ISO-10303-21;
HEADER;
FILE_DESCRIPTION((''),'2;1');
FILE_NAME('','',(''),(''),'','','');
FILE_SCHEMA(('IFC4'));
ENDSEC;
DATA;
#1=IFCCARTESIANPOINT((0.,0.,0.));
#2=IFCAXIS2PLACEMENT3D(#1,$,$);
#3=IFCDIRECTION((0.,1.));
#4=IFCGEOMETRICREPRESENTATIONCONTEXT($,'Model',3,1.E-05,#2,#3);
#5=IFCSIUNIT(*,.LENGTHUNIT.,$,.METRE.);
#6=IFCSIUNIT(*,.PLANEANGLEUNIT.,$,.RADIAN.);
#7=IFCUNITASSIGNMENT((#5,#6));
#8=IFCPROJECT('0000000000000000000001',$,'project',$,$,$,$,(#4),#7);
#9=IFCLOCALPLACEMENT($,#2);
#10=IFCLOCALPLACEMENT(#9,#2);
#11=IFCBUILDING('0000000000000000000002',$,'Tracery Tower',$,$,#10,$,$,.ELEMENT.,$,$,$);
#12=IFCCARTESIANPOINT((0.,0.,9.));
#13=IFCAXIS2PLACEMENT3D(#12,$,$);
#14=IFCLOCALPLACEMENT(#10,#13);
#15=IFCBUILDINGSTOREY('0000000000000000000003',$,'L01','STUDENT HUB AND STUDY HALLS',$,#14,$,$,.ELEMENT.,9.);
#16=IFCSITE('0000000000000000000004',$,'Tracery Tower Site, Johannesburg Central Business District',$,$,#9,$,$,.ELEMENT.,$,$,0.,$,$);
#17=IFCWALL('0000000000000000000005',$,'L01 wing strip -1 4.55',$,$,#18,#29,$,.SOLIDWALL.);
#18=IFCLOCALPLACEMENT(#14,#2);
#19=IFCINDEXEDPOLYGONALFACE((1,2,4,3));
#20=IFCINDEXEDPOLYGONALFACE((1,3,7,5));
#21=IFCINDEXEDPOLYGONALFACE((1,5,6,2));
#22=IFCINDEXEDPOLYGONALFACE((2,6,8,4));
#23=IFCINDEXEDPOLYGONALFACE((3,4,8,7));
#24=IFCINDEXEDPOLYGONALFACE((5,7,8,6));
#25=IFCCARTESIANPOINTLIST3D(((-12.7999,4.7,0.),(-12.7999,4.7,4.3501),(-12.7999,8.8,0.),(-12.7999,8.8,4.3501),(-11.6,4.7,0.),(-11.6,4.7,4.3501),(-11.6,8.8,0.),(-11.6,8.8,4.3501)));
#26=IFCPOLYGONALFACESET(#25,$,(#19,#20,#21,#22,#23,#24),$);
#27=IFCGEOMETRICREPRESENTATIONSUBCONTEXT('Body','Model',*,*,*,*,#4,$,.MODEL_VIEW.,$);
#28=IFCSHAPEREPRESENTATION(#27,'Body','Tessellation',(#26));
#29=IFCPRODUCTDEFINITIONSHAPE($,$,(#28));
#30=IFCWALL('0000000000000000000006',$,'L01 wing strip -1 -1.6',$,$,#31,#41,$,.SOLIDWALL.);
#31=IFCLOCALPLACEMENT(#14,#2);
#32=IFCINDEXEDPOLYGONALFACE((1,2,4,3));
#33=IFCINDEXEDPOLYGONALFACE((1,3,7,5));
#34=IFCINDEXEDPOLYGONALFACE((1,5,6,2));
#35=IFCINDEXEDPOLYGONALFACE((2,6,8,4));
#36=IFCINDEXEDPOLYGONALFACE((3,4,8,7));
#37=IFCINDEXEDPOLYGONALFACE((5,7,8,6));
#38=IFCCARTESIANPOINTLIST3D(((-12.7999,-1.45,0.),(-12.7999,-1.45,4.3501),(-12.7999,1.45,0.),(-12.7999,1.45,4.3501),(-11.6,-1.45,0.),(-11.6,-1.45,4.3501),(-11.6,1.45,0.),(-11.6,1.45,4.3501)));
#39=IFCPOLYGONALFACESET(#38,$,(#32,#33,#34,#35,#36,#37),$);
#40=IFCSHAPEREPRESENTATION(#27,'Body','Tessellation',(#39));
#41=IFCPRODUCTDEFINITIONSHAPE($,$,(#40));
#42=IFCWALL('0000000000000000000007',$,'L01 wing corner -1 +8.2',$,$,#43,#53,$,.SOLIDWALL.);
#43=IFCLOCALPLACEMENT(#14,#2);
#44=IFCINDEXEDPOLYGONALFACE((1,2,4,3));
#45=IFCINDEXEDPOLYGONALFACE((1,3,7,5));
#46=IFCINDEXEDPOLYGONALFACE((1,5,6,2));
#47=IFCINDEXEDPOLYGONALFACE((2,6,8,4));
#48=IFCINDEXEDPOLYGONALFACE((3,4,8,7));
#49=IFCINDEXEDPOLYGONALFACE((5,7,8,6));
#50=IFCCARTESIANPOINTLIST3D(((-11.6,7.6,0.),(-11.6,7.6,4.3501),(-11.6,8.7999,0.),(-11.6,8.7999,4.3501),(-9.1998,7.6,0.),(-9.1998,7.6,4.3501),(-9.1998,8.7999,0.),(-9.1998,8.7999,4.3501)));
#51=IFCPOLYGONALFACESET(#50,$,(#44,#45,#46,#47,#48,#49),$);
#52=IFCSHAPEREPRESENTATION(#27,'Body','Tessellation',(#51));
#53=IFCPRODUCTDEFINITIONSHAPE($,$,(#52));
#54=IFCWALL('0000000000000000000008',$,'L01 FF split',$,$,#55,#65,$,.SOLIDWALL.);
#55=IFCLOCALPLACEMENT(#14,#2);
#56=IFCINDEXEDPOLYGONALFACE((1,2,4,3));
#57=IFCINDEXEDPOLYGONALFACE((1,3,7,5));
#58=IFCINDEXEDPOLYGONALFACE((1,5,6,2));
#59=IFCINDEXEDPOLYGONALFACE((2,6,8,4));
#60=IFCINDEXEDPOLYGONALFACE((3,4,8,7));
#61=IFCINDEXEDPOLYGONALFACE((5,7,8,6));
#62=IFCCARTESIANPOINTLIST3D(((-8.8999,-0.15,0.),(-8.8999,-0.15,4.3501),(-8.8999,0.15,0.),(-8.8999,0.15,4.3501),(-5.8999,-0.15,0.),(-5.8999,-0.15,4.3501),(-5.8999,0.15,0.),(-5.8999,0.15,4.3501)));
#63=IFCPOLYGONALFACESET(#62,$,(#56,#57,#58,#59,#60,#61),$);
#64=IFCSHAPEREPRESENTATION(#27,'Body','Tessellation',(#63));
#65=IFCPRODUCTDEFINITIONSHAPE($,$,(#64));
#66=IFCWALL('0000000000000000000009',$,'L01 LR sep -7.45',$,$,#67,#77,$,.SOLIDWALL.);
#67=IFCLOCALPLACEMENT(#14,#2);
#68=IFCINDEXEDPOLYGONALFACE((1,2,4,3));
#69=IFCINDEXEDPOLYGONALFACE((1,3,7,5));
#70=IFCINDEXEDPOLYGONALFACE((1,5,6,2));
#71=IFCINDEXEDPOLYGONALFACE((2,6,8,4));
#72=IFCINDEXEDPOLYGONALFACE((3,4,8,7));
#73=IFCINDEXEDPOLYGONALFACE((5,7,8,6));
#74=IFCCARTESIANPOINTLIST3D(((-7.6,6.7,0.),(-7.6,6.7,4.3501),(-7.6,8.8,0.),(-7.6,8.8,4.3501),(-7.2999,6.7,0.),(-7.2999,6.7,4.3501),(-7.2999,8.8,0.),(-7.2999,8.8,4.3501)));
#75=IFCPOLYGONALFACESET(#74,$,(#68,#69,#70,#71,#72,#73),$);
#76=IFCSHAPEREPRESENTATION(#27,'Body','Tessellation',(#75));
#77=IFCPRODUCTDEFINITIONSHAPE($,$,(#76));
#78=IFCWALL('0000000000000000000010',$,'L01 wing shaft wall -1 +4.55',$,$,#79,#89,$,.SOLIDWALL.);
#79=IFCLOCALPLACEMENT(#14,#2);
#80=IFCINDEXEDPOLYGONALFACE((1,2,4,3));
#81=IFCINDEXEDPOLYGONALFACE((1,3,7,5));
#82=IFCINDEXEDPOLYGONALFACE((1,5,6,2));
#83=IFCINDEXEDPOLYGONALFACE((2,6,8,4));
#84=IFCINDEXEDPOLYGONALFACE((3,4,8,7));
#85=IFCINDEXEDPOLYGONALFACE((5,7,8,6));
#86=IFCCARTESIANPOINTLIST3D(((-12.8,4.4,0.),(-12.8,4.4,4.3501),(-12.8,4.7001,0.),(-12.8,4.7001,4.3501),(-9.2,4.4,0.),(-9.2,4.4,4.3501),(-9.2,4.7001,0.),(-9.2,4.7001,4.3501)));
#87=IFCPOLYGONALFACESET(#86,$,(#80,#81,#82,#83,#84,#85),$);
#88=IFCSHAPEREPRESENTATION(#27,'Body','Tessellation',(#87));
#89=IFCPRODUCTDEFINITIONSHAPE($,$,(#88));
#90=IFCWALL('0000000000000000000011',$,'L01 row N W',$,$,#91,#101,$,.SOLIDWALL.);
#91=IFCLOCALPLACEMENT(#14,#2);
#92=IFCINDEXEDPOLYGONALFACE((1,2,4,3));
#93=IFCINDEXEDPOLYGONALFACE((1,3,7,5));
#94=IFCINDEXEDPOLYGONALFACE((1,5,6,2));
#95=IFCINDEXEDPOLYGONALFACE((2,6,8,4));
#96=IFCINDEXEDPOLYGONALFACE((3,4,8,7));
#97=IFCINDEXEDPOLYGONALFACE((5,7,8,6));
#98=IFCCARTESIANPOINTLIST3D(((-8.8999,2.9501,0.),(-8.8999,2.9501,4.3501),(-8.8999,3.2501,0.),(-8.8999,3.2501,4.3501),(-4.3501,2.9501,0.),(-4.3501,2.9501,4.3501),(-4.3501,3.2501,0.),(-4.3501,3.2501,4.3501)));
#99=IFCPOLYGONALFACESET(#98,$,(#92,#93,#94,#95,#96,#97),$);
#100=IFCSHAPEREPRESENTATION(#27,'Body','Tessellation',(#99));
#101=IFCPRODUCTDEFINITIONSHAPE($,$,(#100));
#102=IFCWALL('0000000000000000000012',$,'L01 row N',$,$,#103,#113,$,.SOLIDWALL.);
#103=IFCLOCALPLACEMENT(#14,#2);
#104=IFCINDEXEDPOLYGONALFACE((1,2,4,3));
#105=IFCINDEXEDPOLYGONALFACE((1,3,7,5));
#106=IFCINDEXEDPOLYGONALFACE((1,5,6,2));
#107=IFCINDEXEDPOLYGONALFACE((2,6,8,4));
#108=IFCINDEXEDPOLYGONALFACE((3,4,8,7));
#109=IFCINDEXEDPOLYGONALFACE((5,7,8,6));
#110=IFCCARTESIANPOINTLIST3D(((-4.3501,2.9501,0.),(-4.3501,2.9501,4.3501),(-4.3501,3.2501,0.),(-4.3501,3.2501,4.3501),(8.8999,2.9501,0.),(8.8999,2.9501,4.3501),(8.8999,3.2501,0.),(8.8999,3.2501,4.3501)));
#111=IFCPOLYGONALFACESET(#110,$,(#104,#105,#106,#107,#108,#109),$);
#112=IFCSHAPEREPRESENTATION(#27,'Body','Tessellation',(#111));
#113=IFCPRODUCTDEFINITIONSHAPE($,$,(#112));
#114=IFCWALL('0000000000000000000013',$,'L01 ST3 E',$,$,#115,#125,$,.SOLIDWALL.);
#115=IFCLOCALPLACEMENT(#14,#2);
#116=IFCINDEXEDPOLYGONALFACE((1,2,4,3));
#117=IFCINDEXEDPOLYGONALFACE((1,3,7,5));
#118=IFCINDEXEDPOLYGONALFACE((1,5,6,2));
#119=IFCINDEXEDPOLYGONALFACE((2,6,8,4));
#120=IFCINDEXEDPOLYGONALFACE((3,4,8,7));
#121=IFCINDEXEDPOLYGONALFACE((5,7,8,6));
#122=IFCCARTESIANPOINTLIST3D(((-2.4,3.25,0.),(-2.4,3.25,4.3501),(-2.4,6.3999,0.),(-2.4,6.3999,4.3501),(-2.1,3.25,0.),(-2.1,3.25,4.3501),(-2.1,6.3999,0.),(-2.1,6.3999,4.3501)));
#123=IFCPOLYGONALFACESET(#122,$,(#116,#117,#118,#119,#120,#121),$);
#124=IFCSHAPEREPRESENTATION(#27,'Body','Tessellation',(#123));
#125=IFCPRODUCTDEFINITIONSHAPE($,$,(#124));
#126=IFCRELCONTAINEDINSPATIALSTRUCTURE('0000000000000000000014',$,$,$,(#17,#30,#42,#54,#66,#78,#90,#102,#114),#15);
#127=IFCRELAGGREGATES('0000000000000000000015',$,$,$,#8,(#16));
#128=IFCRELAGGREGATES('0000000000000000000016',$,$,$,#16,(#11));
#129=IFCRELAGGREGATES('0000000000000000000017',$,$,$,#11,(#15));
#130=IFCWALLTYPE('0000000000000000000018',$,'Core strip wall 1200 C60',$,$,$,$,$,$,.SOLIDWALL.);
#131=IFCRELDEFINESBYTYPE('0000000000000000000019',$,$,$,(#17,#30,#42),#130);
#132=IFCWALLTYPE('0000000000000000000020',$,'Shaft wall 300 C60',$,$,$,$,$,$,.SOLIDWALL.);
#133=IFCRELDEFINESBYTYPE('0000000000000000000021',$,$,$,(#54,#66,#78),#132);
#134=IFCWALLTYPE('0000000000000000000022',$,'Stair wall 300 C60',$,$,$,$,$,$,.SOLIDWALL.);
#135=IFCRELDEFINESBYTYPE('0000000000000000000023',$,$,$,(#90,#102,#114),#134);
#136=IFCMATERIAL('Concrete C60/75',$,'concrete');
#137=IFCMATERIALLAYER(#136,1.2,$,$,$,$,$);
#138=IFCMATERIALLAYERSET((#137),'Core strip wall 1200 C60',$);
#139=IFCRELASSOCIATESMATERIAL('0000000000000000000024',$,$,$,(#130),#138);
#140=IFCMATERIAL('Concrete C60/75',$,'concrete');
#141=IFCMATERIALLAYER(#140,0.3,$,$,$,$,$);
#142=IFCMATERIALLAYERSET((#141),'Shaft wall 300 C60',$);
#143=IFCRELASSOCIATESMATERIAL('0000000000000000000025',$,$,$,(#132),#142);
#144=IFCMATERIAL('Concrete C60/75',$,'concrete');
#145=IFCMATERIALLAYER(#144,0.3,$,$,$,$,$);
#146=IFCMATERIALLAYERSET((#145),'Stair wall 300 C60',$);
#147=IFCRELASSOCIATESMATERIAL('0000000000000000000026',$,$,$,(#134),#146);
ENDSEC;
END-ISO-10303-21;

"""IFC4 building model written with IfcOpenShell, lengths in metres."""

from ifc_helpers import new_model, si_unit, direction, frame, frame_2d, origin, place, context, subcontext, project, spatial, rectangle, extrude, material, layer, layer_set, type_object, element, save


model = new_model("IFC4")

# Units and contexts
model_context = context("Model", 3, precision=1e-05, world=origin(), true_north=direction((0.0, 1.0)))
body_context = subcontext(model_context, "Body", "Model", "MODEL_VIEW")
ifc_project = project(units=[si_unit("LENGTHUNIT", "METRE"), si_unit("PLANEANGLEUNIT", "RADIAN")], contexts=[model_context])

# Site, building, storey
site_placement = place(None, origin())
site = spatial("IfcSite", under=ifc_project, at=site_placement, Name="Tracery Tower Site, Johannesburg Central Business District", CompositionType="ELEMENT", RefElevation=0.0)
building_placement = place(site_placement, origin())
building = spatial("IfcBuilding", under=site, at=building_placement, Name="Tracery Tower", CompositionType="ELEMENT")
storey_placement = place(building_placement, frame((0.0, 0.0, 9.0)))
storey = spatial("IfcBuildingStorey", under=building, at=storey_placement, Name="L01", Description="STUDENT HUB AND STUDY HALLS", CompositionType="ELEMENT", Elevation=9.0)

# Walls
ifc_material_1 = material(Name="Concrete C60/75", Category="concrete")
ifc_layer_1 = layer(ifc_material_1, 1.2)
ifc_layer_set_1 = layer_set([ifc_layer_1], Name="Core strip wall 1200 C60")
wall_type_1 = type_object("IfcWallType", Name="Core strip wall 1200 C60", PredefinedType="SOLIDWALL", material=ifc_layer_set_1)
wall_1_placement = place(storey_placement, frame((-12.2, 4.7, 0.0), z_axis=(0.0, 0.0, 1.0), x_axis=(0.0, 1.0, 0.0)))
element("IfcWall", 1, at=wall_1_placement, inside=storey, type_object=wall_type_1, Name="L01 wing strip -1 4.55", PredefinedType="SOLIDWALL", context=body_context, shape_type="SweptSolid", body=[
    extrude(rectangle(XDim=4.1001, YDim=1.2, at=frame_2d((2.05, 0.0))), origin(), (0.0, 0.0, 1.0), 4.3501),
])
wall_2_placement = place(storey_placement, frame((-12.2, -1.45, 0.0), z_axis=(0.0, 0.0, 1.0), x_axis=(0.0, 1.0, 0.0)))
element("IfcWall", 2, at=wall_2_placement, inside=storey, type_object=wall_type_1, Name="L01 wing strip -1 -1.6", PredefinedType="SOLIDWALL", context=body_context, shape_type="SweptSolid", body=[
    extrude(rectangle(XDim=2.8999, YDim=1.2, at=frame_2d((1.45, 0.0))), origin(), (0.0, 0.0, 1.0), 4.3501),
])
wall_3_placement = place(storey_placement, frame((-11.6001, 8.2, 0.0), z_axis=(0.0, 0.0, 1.0), x_axis=(1.0, 0.0, 0.0)))
element("IfcWall", 3, at=wall_3_placement, inside=storey, type_object=wall_type_1, Name="L01 wing corner -1 +8.2", PredefinedType="SOLIDWALL", context=body_context, shape_type="SweptSolid", body=[
    extrude(rectangle(XDim=2.4001, YDim=1.2, at=frame_2d((1.2002, 0.0))), origin(), (0.0, 0.0, 1.0), 4.3501),
])
ifc_material_2 = material(Name="Concrete C60/75", Category="concrete")
ifc_layer_2 = layer(ifc_material_2, 0.3)
ifc_layer_set_2 = layer_set([ifc_layer_2], Name="Shaft wall 300 C60")
wall_type_2 = type_object("IfcWallType", Name="Shaft wall 300 C60", PredefinedType="SOLIDWALL", material=ifc_layer_set_2)
wall_4_placement = place(storey_placement, frame((-8.8999, 0.0, 0.0), z_axis=(0.0, 0.0, 1.0), x_axis=(1.0, 0.0, 0.0)))
element("IfcWall", 4, at=wall_4_placement, inside=storey, type_object=wall_type_2, Name="L01 FF split", PredefinedType="SOLIDWALL", context=body_context, shape_type="SweptSolid", body=[
    extrude(rectangle(XDim=3.0, YDim=0.3, at=frame_2d((1.5, 0.0))), origin(), (0.0, 0.0, 1.0), 4.3501),
])
wall_5_placement = place(storey_placement, frame((-7.45, 6.7, 0.0), z_axis=(0.0, 0.0, 1.0), x_axis=(0.0, 1.0, 0.0)))
element("IfcWall", 5, at=wall_5_placement, inside=storey, type_object=wall_type_2, Name="L01 LR sep -7.45", PredefinedType="SOLIDWALL", context=body_context, shape_type="SweptSolid", body=[
    extrude(rectangle(XDim=2.1001, YDim=0.3, at=frame_2d((1.05, 0.0))), origin(), (0.0, 0.0, 1.0), 4.3501),
])

# Wall
wall_6_placement = place(storey_placement, frame((-12.8, 4.55, 0.0), z_axis=(0.0, 0.0, 1.0), x_axis=(1.0, 0.0, 0.0)))
element("IfcWall", 6, at=wall_6_placement, inside=storey, type_object=wall_type_2, Name="L01 wing shaft wall -1 +4.55", PredefinedType="SOLIDWALL", context=body_context, shape_type="SweptSolid", body=[
    extrude(rectangle(XDim=3.6001, YDim=0.3, at=frame_2d((1.8, 0.0))), origin(), (0.0, 0.0, 1.0), 4.3501),
])

# Walls
ifc_material_3 = material(Name="Concrete C60/75", Category="concrete")
ifc_layer_3 = layer(ifc_material_3, 0.3)
ifc_layer_set_3 = layer_set([ifc_layer_3], Name="Stair wall 300 C60")
wall_type_3 = type_object("IfcWallType", Name="Stair wall 300 C60", PredefinedType="SOLIDWALL", material=ifc_layer_set_3)
wall_7_placement = place(storey_placement, frame((-8.8999, 3.1001, 0.0), z_axis=(0.0, 0.0, 1.0), x_axis=(1.0, 0.0, 0.0)))
element("IfcWall", 7, at=wall_7_placement, inside=storey, type_object=wall_type_3, Name="L01 row N W", PredefinedType="SOLIDWALL", context=body_context, shape_type="SweptSolid", body=[
    extrude(rectangle(XDim=4.5498, YDim=0.3, at=frame_2d((2.2749, 0.0))), origin(), (0.0, 0.0, 1.0), 4.3501),
])
wall_8_placement = place(storey_placement, frame((-4.3501, 3.1001, 0.0), z_axis=(0.0, 0.0, 1.0), x_axis=(1.0, 0.0, 0.0)))
element("IfcWall", 8, at=wall_8_placement, inside=storey, type_object=wall_type_3, Name="L01 row N", PredefinedType="SOLIDWALL", context=body_context, shape_type="SweptSolid", body=[
    extrude(rectangle(XDim=13.25, YDim=0.3, at=frame_2d((6.625, 0.0))), origin(), (0.0, 0.0, 1.0), 4.3501),
])
wall_9_placement = place(storey_placement, frame((-2.25, 3.25, 0.0), z_axis=(0.0, 0.0, 1.0), x_axis=(0.0, 1.0, 0.0)))
element("IfcWall", 9, at=wall_9_placement, inside=storey, type_object=wall_type_3, Name="L01 ST3 E", PredefinedType="SOLIDWALL", context=body_context, shape_type="SweptSolid", body=[
    extrude(rectangle(XDim=3.1499, YDim=0.3, at=frame_2d((1.575, 0.0))), origin(), (0.0, 0.0, 1.0), 4.3501),
])

save(model, "model.ifc")
